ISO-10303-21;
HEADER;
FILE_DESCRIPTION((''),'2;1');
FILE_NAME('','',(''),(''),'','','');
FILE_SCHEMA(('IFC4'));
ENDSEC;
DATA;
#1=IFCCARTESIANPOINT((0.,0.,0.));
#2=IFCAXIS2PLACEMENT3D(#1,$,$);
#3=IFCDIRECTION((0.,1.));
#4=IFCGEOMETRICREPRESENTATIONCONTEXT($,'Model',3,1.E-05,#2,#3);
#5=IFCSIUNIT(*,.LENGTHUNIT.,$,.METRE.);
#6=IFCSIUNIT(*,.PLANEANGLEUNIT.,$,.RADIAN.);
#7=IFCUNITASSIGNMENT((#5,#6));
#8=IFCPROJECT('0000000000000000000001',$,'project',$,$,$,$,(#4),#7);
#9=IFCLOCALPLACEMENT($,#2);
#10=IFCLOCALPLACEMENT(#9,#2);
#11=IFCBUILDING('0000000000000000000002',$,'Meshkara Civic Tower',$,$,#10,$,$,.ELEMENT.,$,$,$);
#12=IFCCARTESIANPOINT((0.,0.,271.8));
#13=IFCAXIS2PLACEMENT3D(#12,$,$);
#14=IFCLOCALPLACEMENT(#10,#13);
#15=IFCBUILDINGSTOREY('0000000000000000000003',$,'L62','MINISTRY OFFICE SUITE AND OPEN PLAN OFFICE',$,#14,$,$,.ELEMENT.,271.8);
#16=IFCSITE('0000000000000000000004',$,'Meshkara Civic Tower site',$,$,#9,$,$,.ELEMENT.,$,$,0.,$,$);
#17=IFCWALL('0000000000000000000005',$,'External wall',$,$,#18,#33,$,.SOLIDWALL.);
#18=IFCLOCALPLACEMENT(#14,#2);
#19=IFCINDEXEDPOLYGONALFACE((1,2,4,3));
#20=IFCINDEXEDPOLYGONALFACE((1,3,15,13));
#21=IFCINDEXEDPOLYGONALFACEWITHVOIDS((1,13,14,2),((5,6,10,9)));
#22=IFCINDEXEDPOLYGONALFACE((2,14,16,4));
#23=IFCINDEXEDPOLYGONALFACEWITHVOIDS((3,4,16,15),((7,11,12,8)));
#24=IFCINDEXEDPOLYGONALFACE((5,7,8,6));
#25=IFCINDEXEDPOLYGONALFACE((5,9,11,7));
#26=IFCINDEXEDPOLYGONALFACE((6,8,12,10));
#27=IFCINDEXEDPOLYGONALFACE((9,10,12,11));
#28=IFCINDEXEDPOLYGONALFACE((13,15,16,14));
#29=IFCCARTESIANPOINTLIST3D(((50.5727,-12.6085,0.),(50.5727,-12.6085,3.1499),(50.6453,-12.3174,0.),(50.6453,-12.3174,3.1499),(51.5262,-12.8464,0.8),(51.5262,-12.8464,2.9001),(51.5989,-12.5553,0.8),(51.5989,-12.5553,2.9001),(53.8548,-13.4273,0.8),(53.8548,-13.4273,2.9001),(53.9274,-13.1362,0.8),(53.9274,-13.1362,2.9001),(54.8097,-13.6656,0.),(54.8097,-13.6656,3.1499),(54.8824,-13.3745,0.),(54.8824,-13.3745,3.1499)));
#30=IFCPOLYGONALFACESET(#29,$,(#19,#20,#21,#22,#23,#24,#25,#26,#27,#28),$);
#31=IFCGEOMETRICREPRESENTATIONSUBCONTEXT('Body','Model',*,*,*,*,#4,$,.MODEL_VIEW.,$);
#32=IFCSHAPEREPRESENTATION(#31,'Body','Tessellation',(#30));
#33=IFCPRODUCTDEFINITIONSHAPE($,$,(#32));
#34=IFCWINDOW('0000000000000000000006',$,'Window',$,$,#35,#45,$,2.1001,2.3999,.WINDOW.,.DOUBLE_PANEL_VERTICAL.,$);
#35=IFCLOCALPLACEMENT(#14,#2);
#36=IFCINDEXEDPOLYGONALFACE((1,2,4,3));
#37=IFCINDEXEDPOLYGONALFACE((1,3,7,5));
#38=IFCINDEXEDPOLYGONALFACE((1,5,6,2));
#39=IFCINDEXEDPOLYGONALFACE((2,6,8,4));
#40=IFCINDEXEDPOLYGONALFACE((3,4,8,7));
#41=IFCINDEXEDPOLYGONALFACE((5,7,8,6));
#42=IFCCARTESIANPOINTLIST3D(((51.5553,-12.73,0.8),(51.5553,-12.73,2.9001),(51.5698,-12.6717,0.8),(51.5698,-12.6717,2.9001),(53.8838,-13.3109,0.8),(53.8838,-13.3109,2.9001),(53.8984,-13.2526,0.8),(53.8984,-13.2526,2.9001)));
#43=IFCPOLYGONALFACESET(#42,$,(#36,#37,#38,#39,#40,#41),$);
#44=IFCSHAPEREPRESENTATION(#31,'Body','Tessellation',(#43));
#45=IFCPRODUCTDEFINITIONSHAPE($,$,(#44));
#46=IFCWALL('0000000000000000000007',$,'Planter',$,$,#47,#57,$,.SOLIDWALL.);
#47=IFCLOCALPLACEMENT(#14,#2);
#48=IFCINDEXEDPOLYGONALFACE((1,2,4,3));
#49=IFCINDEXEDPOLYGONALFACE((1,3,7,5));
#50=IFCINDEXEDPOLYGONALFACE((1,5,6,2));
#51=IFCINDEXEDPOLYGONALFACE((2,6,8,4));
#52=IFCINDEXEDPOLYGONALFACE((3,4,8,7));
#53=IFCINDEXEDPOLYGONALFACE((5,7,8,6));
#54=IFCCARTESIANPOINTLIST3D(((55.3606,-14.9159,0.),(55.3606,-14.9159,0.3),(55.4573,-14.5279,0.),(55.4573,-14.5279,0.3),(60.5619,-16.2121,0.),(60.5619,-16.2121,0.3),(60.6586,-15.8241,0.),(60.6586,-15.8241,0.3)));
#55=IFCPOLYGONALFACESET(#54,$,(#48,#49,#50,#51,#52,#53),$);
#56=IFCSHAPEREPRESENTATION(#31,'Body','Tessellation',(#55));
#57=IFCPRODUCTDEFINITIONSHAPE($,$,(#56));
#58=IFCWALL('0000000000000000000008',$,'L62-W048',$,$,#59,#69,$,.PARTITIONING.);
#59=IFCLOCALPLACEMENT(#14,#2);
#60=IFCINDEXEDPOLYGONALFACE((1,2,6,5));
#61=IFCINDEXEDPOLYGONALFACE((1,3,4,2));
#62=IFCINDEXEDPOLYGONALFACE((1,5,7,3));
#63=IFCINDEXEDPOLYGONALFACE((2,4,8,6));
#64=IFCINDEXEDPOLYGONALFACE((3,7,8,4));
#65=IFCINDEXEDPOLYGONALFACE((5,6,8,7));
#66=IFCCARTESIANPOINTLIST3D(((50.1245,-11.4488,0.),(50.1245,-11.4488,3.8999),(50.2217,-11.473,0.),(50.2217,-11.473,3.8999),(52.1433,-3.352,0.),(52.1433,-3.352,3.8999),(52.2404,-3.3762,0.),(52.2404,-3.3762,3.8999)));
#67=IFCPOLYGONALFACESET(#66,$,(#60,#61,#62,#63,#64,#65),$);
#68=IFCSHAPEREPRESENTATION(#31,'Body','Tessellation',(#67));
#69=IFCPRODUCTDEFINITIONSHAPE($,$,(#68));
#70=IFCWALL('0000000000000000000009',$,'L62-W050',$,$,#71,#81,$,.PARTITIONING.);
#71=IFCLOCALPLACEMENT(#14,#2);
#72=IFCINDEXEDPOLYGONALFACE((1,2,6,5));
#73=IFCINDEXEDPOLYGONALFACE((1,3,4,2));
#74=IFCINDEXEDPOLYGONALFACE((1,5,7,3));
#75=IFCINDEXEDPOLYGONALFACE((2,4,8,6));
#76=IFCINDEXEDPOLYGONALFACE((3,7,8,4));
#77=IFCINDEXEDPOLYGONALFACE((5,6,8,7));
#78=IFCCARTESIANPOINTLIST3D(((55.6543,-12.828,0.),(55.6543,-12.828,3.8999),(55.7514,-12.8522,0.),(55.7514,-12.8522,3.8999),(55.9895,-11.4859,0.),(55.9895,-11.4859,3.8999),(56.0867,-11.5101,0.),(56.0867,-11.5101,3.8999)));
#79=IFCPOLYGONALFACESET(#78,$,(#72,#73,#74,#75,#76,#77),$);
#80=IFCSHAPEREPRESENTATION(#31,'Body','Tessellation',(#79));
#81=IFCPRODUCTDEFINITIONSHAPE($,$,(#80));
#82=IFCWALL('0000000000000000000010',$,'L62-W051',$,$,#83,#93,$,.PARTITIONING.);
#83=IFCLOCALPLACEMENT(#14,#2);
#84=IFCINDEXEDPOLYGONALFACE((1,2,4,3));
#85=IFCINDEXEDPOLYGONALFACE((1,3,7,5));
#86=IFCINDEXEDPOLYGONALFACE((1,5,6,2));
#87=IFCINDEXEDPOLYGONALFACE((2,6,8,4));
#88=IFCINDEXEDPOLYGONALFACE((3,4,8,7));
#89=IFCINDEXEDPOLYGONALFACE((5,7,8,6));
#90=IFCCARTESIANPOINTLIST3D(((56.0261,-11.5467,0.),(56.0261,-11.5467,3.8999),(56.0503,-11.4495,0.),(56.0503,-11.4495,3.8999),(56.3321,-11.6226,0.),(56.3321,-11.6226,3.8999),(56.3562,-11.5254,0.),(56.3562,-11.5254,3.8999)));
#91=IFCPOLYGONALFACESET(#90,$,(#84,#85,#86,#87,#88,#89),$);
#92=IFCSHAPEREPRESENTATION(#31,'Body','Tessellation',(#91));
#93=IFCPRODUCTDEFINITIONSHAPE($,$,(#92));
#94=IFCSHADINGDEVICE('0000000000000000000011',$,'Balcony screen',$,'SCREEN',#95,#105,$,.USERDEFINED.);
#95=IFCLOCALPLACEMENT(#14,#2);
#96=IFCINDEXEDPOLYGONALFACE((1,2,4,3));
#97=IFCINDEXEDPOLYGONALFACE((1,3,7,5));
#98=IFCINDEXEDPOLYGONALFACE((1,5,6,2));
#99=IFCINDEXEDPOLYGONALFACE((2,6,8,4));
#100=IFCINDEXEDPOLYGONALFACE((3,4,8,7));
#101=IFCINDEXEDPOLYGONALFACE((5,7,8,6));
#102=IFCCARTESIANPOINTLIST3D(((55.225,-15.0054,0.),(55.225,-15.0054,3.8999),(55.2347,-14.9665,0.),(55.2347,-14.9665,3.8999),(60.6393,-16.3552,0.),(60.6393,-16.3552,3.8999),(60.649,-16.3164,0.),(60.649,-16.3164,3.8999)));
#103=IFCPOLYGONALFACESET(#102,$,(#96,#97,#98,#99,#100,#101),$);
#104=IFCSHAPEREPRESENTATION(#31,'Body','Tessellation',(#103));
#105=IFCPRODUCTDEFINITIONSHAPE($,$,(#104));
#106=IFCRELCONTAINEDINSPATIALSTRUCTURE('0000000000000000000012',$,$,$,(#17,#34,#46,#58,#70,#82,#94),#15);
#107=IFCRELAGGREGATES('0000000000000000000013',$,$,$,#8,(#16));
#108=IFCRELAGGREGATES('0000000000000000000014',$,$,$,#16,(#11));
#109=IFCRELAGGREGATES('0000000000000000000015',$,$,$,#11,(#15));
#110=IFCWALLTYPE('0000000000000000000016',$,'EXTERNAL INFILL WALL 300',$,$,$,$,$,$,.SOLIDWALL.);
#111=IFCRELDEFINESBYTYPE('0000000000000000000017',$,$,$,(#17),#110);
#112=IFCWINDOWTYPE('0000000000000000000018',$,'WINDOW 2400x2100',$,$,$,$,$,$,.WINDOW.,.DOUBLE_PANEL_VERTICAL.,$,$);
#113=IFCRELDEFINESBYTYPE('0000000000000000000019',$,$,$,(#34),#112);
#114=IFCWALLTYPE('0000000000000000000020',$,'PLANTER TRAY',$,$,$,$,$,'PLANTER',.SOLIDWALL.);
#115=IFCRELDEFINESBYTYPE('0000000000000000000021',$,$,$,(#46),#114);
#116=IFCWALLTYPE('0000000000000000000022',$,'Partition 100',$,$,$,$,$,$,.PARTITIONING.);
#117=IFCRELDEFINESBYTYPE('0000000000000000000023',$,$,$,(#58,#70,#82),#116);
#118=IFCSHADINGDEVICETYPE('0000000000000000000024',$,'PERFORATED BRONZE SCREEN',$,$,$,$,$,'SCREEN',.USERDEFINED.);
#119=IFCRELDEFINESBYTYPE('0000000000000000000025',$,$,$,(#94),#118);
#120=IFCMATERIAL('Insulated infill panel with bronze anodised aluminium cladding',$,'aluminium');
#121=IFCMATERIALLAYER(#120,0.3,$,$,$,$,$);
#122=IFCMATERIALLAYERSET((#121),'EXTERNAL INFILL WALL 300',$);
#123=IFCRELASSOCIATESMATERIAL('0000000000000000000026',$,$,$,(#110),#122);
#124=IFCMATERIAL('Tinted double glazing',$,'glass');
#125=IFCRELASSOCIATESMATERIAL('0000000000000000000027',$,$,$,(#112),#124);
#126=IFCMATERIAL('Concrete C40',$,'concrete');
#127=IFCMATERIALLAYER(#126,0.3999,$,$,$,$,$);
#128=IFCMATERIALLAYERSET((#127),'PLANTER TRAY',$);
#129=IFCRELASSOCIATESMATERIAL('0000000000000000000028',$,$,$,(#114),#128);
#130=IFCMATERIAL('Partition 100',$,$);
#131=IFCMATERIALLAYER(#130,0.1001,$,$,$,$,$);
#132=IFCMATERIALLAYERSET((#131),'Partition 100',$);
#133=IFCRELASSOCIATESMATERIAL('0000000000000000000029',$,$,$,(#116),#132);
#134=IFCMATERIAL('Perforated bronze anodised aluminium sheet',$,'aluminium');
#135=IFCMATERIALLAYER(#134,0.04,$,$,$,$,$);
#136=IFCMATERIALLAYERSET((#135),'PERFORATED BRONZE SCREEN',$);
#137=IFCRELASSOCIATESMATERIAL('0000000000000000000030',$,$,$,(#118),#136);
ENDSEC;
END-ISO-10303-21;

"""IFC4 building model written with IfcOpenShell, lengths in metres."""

from ifc_helpers import new_model, si_unit, direction, frame, frame_2d, origin, origin_2d, place, context, subcontext, project, spatial, rectangle, extrude, material, layer, layer_set, type_object, element, fill, save


model = new_model("IFC4")

# Units and contexts
model_context = context("Model", 3, precision=1e-05, world=origin(), true_north=direction((0.0, 1.0)))
body_context = subcontext(model_context, "Body", "Model", "MODEL_VIEW")
ifc_project = project(units=[si_unit("LENGTHUNIT", "METRE"), si_unit("PLANEANGLEUNIT", "RADIAN")], contexts=[model_context])

# Site, building, storey
site_placement = place(None, origin())
site = spatial("IfcSite", under=ifc_project, at=site_placement, Name="Meshkara Civic Tower site", CompositionType="ELEMENT", RefElevation=0.0)
building_placement = place(site_placement, origin())
building = spatial("IfcBuilding", under=site, at=building_placement, Name="Meshkara Civic Tower", CompositionType="ELEMENT")
storey_placement = place(building_placement, frame((0.0, 0.0, 271.8)))
storey = spatial("IfcBuildingStorey", under=building, at=storey_placement, Name="L62", Description="MINISTRY OFFICE SUITE AND OPEN PLAN OFFICE", CompositionType="ELEMENT", Elevation=271.8)

# Wall, opening, window
ifc_material_1 = material(Name="Insulated infill panel with bronze anodised aluminium cladding", Category="aluminium")
ifc_layer_1 = layer(ifc_material_1, 0.3)
ifc_layer_set_1 = layer_set([ifc_layer_1], Name="EXTERNAL INFILL WALL 300")
wall_type_1 = type_object("IfcWallType", Name="EXTERNAL INFILL WALL 300", PredefinedType="SOLIDWALL", material=ifc_layer_set_1)
ifc_material_2 = material(Name="Tinted double glazing", Category="glass")
window_type = type_object("IfcWindowType", Name="WINDOW 2400x2100", PartitioningType="DOUBLE_PANEL_VERTICAL", PredefinedType="WINDOW", material=ifc_material_2)
wall_1_placement = place(storey_placement, frame((50.6089, -12.4629, 0.0), z_axis=(0.0, 0.0, 1.0), x_axis=(0.970257, -0.242075, 0.0)))
wall_1 = element("IfcWall", 1, at=wall_1_placement, inside=storey, type_object=wall_type_1, Name="External wall", PredefinedType="SOLIDWALL", context=body_context, shape_type="SweptSolid", body=[
    extrude(rectangle(XDim=4.3669, YDim=0.3, at=frame_2d((2.1836, 0.0))), origin(), (0.0, 0.0, 1.0), 3.1499),
])
opening_1_placement = place(wall_1_placement, frame((0.9829, 0.0, 0.8)))
opening_1 = element("IfcOpeningElement", 2, at=opening_1_placement, cuts=wall_1, PredefinedType="OPENING", context=body_context, shape_type="SweptSolid", body=[
    extrude(rectangle(XDim=2.3999, YDim=2.1001, at=frame_2d((1.2, 1.05))), frame((0.0, 0.1599, 0.0), z_axis=(0.0, -1.0, 0.0), x_axis=(1.0, 0.0, 0.0)), (0.0, 0.0, 1.0), 0.3201),
])
window_1_placement = place(opening_1_placement, origin())
window_1 = element("IfcWindow", 3, at=window_1_placement, inside=storey, type_object=window_type, Name="Window", OverallHeight=2.1001, OverallWidth=2.3999, PartitioningType="DOUBLE_PANEL_VERTICAL", PredefinedType="WINDOW", context=body_context, shape_type="SweptSolid", body=[
    extrude(rectangle(XDim=2.3999, YDim=2.1001, at=frame_2d((1.2, 1.05))), frame((0.0, 0.03, 0.0), z_axis=(0.0, -1.0, 0.0), x_axis=(1.0, 0.0, 0.0)), (0.0, 0.0, 1.0), 0.0601),
])
fill(opening_1, window_1)

# Walls
ifc_material_3 = material(Name="Concrete C40", Category="concrete")
ifc_layer_2 = layer(ifc_material_3, 0.3999)
ifc_layer_set_2 = layer_set([ifc_layer_2], Name="PLANTER TRAY")
wall_type_2 = type_object("IfcWallType", Name="PLANTER TRAY", ElementType="PLANTER", PredefinedType="SOLIDWALL", material=ifc_layer_set_2)
wall_2_placement = place(storey_placement, frame((55.4089, -14.7219, 0.0), z_axis=(0.0, 0.0, 1.0), x_axis=(0.970324, -0.241807, 0.0)))
element("IfcWall", 4, at=wall_2_placement, inside=storey, type_object=wall_type_2, Name="Planter", PredefinedType="SOLIDWALL", context=body_context, shape_type="SweptSolid", body=[
    extrude(rectangle(XDim=5.3604, YDim=0.3999, at=frame_2d((2.6802, 0.0))), origin(), (0.0, 0.0, 1.0), 0.3),
])
ifc_material_4 = material(Name="Partition 100")
ifc_layer_3 = layer(ifc_material_4, 0.1001)
ifc_layer_set_3 = layer_set([ifc_layer_3], Name="Partition 100")
wall_type_3 = type_object("IfcWallType", Name="Partition 100", PredefinedType="PARTITIONING", material=ifc_layer_set_3)
wall_3_placement = place(storey_placement, frame((50.1731, -11.4609, 0.0), z_axis=(0.0, 0.0, 1.0), x_axis=(0.241923, 0.970295, 0.0)))
element("IfcWall", 5, at=wall_3_placement, inside=storey, type_object=wall_type_3, Name="L62-W048", PredefinedType="PARTITIONING", context=body_context, shape_type="SweptSolid", body=[
    extrude(rectangle(XDim=8.3447, YDim=0.1001, at=frame_2d((4.1724, 0.0))), origin(), (0.0, 0.0, 1.0), 3.8999),
])
wall_4_placement = place(storey_placement, frame((55.7029, -12.8401, 0.0), z_axis=(0.0, 0.0, 1.0), x_axis=(0.242328, 0.970194, 0.0)))
element("IfcWall", 6, at=wall_4_placement, inside=storey, type_object=wall_type_3, Name="L62-W050", PredefinedType="PARTITIONING", context=body_context, shape_type="SweptSolid", body=[
    extrude(rectangle(XDim=1.3833, YDim=0.1001, at=frame_2d((0.6917, 0.0))), origin(), (0.0, 0.0, 1.0), 3.8999),
])
wall_5_placement = place(storey_placement, frame((56.0381, -11.498, 0.0), z_axis=(0.0, 0.0, 1.0), x_axis=(0.970551, -0.240895, 0.0)))
element("IfcWall", 7, at=wall_5_placement, inside=storey, type_object=wall_type_3, Name="L62-W051", PredefinedType="PARTITIONING", context=body_context, shape_type="SweptSolid", body=[
    extrude(rectangle(XDim=0.3152, YDim=0.1001, at=frame_2d((0.1577, 0.0))), origin(), (0.0, 0.0, 1.0), 3.8999),
])

# Shading device
ifc_material_5 = material(Name="Perforated bronze anodised aluminium sheet", Category="aluminium")
ifc_layer_4 = layer(ifc_material_5, 0.04)
ifc_layer_set_4 = layer_set([ifc_layer_4], Name="PERFORATED BRONZE SCREEN")
shading_device_type = type_object("IfcShadingDeviceType", Name="PERFORATED BRONZE SCREEN", ElementType="SCREEN", PredefinedType="USERDEFINED", material=ifc_layer_set_4)
shading_device_placement = place(storey_placement, frame((57.937, -15.6609, 0.0), z_axis=(0.0, 0.0, 1.0), x_axis=(0.9703, -0.241905, 0.0)))
element("IfcShadingDevice", 8, at=shading_device_placement, inside=storey, type_object=shading_device_type, Name="Balcony screen", ObjectType="SCREEN", PredefinedType="USERDEFINED", context=body_context, shape_type="SweptSolid", body=[
    extrude(rectangle(XDim=5.5801, YDim=0.04, at=origin_2d()), origin(), (0.0, 0.0, 1.0), 3.8999),
])

save(model, "model.ifc")
